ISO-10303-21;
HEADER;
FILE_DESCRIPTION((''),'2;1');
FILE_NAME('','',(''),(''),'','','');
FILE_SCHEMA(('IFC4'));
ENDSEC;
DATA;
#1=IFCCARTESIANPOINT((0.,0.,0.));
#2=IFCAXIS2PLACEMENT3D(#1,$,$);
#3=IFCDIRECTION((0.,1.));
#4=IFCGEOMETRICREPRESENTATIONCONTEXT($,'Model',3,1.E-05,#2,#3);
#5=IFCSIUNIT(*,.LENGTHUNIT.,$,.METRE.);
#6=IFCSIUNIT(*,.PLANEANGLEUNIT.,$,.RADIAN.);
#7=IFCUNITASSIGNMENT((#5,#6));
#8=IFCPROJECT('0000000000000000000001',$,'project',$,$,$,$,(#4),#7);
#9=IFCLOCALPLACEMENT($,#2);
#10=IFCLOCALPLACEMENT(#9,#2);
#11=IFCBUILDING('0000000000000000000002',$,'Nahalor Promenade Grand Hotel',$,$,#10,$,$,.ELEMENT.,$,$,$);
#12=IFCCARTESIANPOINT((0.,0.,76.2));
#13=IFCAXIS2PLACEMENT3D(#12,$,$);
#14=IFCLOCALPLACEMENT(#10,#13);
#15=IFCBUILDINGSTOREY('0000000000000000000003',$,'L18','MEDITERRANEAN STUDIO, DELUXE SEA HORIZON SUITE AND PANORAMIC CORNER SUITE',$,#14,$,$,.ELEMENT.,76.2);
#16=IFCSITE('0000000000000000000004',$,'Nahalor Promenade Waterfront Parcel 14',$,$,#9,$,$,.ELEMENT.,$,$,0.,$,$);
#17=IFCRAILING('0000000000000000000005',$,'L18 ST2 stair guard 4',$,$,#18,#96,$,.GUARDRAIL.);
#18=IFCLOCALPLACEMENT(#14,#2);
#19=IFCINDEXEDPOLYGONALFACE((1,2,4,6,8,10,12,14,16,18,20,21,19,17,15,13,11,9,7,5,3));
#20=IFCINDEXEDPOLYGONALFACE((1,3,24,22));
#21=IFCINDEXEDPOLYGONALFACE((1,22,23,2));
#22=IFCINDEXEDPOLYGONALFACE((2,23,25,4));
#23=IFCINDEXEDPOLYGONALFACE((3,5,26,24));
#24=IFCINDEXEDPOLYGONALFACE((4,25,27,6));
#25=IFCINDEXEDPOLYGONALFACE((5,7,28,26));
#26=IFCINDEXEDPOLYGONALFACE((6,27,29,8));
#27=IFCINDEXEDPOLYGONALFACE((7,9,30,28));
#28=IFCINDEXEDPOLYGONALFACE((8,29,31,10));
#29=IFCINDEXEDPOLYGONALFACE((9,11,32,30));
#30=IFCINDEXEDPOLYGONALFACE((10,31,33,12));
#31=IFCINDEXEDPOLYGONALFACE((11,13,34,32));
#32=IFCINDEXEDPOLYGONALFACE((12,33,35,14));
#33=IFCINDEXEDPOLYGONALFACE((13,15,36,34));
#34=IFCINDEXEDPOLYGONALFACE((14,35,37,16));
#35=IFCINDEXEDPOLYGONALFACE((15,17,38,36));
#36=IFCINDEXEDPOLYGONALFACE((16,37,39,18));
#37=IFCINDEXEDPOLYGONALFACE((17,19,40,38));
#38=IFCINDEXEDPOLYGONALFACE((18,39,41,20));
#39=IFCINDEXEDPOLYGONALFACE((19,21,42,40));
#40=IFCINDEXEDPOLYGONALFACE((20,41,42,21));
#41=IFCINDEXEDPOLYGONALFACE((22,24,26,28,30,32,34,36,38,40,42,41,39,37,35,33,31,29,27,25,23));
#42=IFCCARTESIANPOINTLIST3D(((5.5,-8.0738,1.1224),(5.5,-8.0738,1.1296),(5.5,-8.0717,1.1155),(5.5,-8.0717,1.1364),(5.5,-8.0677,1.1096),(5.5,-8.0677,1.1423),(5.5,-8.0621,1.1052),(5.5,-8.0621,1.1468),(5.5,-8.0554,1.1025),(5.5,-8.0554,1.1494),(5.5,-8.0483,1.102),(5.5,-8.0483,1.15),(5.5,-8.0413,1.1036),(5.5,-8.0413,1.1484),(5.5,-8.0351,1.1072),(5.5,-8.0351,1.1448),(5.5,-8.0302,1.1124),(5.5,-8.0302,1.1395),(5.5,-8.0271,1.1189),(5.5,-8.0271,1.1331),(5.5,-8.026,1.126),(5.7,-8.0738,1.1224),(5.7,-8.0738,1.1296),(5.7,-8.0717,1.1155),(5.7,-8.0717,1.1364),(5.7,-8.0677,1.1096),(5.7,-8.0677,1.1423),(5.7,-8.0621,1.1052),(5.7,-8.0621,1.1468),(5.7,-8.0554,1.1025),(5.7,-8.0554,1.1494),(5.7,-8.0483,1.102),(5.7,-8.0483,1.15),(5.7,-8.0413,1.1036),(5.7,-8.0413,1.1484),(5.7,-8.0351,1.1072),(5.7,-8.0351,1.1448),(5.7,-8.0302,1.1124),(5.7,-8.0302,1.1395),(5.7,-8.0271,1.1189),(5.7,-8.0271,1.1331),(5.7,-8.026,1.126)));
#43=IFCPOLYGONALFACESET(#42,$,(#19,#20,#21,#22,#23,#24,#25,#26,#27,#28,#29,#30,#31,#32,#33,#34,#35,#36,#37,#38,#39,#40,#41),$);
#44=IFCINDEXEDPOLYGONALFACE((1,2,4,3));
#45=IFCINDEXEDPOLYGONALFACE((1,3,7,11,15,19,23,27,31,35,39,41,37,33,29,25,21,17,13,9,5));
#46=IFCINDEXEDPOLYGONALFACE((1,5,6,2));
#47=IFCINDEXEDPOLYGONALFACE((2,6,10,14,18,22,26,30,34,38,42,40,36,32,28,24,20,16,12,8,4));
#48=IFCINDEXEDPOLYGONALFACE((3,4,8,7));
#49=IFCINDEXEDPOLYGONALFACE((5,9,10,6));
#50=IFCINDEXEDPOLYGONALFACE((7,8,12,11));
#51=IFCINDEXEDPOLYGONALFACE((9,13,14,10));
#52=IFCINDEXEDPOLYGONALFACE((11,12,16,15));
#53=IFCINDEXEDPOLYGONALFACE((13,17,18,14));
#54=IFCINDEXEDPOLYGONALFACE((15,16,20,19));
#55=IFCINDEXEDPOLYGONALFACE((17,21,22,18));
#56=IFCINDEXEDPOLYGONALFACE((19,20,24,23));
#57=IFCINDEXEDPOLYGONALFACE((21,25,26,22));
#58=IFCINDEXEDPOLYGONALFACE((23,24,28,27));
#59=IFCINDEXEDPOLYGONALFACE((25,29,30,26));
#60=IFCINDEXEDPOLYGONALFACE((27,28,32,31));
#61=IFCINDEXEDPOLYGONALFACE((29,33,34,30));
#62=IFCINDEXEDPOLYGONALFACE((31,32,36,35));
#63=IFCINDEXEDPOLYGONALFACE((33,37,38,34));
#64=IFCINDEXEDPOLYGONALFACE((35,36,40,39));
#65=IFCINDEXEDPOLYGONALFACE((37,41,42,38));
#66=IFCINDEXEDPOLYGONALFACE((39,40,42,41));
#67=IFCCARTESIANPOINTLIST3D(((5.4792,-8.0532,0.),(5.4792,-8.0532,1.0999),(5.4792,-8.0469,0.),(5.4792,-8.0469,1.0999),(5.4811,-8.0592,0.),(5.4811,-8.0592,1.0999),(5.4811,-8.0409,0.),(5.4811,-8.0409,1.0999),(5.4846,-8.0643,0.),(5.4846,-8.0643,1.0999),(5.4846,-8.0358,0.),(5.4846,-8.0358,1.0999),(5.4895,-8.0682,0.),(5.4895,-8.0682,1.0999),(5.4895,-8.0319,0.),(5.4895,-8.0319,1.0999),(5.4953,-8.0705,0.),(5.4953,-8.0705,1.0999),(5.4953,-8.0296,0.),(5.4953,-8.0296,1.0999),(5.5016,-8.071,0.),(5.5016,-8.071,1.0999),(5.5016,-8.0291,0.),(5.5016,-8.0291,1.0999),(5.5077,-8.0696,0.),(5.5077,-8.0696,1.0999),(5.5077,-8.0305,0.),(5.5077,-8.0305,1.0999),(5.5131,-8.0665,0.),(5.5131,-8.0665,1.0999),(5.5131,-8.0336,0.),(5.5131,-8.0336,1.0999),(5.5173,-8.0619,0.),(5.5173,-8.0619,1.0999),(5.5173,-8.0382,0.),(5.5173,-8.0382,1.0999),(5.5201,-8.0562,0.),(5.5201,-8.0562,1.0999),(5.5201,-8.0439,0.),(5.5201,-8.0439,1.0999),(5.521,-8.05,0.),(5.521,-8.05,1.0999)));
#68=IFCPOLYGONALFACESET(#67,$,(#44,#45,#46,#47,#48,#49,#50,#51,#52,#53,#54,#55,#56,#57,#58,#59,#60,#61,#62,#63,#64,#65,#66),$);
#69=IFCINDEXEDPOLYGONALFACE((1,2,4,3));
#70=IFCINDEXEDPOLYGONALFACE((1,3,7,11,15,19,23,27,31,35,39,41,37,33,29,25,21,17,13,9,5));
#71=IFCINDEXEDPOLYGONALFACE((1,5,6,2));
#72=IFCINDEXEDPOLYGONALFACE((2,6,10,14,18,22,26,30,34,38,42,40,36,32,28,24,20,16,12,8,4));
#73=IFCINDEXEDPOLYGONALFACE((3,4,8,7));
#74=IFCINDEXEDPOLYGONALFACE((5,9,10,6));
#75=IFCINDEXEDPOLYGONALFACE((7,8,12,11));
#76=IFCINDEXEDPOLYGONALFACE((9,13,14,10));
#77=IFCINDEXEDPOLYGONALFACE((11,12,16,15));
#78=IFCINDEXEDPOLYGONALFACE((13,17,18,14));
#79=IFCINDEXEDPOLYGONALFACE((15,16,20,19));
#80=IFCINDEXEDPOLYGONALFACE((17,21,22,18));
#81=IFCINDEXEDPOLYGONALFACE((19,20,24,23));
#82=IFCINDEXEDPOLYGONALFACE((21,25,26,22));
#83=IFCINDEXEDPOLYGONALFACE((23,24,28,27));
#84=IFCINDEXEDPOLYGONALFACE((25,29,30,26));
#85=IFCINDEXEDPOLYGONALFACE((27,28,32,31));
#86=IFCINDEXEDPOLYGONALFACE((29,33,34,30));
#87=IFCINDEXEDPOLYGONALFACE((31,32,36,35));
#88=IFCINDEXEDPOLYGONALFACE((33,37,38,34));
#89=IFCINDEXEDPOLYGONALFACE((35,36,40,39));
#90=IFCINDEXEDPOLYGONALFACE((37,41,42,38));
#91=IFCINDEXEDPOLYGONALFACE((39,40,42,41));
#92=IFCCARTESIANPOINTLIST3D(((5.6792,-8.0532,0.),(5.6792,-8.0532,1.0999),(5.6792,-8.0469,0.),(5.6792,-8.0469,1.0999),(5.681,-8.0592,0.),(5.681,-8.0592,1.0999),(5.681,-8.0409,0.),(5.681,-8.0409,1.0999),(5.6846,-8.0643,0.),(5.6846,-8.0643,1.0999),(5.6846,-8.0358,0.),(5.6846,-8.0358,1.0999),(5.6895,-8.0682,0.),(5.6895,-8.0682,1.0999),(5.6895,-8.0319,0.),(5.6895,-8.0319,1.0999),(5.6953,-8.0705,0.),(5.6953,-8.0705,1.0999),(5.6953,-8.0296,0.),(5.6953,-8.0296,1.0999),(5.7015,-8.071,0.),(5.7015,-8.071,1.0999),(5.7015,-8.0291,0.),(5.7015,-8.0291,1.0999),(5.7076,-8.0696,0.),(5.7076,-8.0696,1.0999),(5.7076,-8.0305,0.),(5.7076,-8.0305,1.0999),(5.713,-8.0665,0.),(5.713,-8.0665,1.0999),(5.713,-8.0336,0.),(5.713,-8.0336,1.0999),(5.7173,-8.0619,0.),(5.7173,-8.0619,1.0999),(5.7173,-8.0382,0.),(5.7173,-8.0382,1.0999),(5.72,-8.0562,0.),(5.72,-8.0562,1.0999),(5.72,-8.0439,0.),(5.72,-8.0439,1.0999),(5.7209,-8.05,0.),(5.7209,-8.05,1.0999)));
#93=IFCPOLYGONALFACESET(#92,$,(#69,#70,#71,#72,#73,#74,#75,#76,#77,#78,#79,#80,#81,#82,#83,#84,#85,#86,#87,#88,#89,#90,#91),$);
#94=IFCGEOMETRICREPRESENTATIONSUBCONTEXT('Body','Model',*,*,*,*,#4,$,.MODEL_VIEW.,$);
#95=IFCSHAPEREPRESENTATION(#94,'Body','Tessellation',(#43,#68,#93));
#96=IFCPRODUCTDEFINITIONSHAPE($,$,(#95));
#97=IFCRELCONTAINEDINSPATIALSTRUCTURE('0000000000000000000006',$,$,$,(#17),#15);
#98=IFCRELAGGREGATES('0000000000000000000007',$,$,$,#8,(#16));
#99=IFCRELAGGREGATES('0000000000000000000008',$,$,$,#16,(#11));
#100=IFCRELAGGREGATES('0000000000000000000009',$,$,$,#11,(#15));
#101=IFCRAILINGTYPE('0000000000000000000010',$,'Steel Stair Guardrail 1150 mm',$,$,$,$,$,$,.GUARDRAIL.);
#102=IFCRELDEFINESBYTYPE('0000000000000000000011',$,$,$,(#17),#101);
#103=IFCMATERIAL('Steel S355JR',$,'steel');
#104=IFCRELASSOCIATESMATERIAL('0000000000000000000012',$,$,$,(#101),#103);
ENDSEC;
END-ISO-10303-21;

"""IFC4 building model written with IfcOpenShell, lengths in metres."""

from ifc_helpers import new_model, si_unit, direction, frame, origin, origin_2d, place, context, subcontext, project, spatial, circle, extrude, material, type_object, element, save


model = new_model("IFC4")

# Units and contexts
model_context = context("Model", 3, precision=1e-05, world=origin(), true_north=direction((0.0, 1.0)))
body_context = subcontext(model_context, "Body", "Model", "MODEL_VIEW")
ifc_project = project(units=[si_unit("LENGTHUNIT", "METRE"), si_unit("PLANEANGLEUNIT", "RADIAN")], contexts=[model_context])

# Site, building, storey
site_placement = place(None, origin())
site = spatial("IfcSite", under=ifc_project, at=site_placement, Name="Nahalor Promenade Waterfront Parcel 14", CompositionType="ELEMENT", RefElevation=0.0)
building_placement = place(site_placement, origin())
building = spatial("IfcBuilding", under=site, at=building_placement, Name="Nahalor Promenade Grand Hotel", CompositionType="ELEMENT")
storey_placement = place(building_placement, frame((0.0, 0.0, 76.2)))
storey = spatial("IfcBuildingStorey", under=building, at=storey_placement, Name="L18", Description="MEDITERRANEAN STUDIO, DELUXE SEA HORIZON SUITE AND PANORAMIC CORNER SUITE", CompositionType="ELEMENT", Elevation=76.2)

# Shared definitions
ifc_material_1 = material(Name="Steel S355JR", Category="steel")

# Railing
railing_type_1 = type_object("IfcRailingType", Name="Steel Stair Guardrail 1150 mm", PredefinedType="GUARDRAIL", material=ifc_material_1)
railing_1_placement = place(storey_placement, frame((5.5, -8.05, 0.0)))
element("IfcRailing", 1, at=railing_1_placement, inside=storey, type_object=railing_type_1, Name="L18 ST2 stair guard 4", PredefinedType="GUARDRAIL", context=body_context, shape_type="SweptSolid", body=[
    extrude(circle(Radius=0.024, at=origin_2d()), frame((0.0, 0.0, 1.126), z_axis=(1.0, 0.0, 0.0), x_axis=(0.0, 1.0, 0.0)), (0.0, 0.0, 1.0), 0.2),
    extrude(circle(Radius=0.021, at=origin_2d()), origin(), (0.0, 0.0, 1.0), 1.0999),
    extrude(circle(Radius=0.021, at=origin_2d()), frame((0.2, 0.0, 0.0)), (0.0, 0.0, 1.0), 1.0999),
])

save(model, "model.ifc")
